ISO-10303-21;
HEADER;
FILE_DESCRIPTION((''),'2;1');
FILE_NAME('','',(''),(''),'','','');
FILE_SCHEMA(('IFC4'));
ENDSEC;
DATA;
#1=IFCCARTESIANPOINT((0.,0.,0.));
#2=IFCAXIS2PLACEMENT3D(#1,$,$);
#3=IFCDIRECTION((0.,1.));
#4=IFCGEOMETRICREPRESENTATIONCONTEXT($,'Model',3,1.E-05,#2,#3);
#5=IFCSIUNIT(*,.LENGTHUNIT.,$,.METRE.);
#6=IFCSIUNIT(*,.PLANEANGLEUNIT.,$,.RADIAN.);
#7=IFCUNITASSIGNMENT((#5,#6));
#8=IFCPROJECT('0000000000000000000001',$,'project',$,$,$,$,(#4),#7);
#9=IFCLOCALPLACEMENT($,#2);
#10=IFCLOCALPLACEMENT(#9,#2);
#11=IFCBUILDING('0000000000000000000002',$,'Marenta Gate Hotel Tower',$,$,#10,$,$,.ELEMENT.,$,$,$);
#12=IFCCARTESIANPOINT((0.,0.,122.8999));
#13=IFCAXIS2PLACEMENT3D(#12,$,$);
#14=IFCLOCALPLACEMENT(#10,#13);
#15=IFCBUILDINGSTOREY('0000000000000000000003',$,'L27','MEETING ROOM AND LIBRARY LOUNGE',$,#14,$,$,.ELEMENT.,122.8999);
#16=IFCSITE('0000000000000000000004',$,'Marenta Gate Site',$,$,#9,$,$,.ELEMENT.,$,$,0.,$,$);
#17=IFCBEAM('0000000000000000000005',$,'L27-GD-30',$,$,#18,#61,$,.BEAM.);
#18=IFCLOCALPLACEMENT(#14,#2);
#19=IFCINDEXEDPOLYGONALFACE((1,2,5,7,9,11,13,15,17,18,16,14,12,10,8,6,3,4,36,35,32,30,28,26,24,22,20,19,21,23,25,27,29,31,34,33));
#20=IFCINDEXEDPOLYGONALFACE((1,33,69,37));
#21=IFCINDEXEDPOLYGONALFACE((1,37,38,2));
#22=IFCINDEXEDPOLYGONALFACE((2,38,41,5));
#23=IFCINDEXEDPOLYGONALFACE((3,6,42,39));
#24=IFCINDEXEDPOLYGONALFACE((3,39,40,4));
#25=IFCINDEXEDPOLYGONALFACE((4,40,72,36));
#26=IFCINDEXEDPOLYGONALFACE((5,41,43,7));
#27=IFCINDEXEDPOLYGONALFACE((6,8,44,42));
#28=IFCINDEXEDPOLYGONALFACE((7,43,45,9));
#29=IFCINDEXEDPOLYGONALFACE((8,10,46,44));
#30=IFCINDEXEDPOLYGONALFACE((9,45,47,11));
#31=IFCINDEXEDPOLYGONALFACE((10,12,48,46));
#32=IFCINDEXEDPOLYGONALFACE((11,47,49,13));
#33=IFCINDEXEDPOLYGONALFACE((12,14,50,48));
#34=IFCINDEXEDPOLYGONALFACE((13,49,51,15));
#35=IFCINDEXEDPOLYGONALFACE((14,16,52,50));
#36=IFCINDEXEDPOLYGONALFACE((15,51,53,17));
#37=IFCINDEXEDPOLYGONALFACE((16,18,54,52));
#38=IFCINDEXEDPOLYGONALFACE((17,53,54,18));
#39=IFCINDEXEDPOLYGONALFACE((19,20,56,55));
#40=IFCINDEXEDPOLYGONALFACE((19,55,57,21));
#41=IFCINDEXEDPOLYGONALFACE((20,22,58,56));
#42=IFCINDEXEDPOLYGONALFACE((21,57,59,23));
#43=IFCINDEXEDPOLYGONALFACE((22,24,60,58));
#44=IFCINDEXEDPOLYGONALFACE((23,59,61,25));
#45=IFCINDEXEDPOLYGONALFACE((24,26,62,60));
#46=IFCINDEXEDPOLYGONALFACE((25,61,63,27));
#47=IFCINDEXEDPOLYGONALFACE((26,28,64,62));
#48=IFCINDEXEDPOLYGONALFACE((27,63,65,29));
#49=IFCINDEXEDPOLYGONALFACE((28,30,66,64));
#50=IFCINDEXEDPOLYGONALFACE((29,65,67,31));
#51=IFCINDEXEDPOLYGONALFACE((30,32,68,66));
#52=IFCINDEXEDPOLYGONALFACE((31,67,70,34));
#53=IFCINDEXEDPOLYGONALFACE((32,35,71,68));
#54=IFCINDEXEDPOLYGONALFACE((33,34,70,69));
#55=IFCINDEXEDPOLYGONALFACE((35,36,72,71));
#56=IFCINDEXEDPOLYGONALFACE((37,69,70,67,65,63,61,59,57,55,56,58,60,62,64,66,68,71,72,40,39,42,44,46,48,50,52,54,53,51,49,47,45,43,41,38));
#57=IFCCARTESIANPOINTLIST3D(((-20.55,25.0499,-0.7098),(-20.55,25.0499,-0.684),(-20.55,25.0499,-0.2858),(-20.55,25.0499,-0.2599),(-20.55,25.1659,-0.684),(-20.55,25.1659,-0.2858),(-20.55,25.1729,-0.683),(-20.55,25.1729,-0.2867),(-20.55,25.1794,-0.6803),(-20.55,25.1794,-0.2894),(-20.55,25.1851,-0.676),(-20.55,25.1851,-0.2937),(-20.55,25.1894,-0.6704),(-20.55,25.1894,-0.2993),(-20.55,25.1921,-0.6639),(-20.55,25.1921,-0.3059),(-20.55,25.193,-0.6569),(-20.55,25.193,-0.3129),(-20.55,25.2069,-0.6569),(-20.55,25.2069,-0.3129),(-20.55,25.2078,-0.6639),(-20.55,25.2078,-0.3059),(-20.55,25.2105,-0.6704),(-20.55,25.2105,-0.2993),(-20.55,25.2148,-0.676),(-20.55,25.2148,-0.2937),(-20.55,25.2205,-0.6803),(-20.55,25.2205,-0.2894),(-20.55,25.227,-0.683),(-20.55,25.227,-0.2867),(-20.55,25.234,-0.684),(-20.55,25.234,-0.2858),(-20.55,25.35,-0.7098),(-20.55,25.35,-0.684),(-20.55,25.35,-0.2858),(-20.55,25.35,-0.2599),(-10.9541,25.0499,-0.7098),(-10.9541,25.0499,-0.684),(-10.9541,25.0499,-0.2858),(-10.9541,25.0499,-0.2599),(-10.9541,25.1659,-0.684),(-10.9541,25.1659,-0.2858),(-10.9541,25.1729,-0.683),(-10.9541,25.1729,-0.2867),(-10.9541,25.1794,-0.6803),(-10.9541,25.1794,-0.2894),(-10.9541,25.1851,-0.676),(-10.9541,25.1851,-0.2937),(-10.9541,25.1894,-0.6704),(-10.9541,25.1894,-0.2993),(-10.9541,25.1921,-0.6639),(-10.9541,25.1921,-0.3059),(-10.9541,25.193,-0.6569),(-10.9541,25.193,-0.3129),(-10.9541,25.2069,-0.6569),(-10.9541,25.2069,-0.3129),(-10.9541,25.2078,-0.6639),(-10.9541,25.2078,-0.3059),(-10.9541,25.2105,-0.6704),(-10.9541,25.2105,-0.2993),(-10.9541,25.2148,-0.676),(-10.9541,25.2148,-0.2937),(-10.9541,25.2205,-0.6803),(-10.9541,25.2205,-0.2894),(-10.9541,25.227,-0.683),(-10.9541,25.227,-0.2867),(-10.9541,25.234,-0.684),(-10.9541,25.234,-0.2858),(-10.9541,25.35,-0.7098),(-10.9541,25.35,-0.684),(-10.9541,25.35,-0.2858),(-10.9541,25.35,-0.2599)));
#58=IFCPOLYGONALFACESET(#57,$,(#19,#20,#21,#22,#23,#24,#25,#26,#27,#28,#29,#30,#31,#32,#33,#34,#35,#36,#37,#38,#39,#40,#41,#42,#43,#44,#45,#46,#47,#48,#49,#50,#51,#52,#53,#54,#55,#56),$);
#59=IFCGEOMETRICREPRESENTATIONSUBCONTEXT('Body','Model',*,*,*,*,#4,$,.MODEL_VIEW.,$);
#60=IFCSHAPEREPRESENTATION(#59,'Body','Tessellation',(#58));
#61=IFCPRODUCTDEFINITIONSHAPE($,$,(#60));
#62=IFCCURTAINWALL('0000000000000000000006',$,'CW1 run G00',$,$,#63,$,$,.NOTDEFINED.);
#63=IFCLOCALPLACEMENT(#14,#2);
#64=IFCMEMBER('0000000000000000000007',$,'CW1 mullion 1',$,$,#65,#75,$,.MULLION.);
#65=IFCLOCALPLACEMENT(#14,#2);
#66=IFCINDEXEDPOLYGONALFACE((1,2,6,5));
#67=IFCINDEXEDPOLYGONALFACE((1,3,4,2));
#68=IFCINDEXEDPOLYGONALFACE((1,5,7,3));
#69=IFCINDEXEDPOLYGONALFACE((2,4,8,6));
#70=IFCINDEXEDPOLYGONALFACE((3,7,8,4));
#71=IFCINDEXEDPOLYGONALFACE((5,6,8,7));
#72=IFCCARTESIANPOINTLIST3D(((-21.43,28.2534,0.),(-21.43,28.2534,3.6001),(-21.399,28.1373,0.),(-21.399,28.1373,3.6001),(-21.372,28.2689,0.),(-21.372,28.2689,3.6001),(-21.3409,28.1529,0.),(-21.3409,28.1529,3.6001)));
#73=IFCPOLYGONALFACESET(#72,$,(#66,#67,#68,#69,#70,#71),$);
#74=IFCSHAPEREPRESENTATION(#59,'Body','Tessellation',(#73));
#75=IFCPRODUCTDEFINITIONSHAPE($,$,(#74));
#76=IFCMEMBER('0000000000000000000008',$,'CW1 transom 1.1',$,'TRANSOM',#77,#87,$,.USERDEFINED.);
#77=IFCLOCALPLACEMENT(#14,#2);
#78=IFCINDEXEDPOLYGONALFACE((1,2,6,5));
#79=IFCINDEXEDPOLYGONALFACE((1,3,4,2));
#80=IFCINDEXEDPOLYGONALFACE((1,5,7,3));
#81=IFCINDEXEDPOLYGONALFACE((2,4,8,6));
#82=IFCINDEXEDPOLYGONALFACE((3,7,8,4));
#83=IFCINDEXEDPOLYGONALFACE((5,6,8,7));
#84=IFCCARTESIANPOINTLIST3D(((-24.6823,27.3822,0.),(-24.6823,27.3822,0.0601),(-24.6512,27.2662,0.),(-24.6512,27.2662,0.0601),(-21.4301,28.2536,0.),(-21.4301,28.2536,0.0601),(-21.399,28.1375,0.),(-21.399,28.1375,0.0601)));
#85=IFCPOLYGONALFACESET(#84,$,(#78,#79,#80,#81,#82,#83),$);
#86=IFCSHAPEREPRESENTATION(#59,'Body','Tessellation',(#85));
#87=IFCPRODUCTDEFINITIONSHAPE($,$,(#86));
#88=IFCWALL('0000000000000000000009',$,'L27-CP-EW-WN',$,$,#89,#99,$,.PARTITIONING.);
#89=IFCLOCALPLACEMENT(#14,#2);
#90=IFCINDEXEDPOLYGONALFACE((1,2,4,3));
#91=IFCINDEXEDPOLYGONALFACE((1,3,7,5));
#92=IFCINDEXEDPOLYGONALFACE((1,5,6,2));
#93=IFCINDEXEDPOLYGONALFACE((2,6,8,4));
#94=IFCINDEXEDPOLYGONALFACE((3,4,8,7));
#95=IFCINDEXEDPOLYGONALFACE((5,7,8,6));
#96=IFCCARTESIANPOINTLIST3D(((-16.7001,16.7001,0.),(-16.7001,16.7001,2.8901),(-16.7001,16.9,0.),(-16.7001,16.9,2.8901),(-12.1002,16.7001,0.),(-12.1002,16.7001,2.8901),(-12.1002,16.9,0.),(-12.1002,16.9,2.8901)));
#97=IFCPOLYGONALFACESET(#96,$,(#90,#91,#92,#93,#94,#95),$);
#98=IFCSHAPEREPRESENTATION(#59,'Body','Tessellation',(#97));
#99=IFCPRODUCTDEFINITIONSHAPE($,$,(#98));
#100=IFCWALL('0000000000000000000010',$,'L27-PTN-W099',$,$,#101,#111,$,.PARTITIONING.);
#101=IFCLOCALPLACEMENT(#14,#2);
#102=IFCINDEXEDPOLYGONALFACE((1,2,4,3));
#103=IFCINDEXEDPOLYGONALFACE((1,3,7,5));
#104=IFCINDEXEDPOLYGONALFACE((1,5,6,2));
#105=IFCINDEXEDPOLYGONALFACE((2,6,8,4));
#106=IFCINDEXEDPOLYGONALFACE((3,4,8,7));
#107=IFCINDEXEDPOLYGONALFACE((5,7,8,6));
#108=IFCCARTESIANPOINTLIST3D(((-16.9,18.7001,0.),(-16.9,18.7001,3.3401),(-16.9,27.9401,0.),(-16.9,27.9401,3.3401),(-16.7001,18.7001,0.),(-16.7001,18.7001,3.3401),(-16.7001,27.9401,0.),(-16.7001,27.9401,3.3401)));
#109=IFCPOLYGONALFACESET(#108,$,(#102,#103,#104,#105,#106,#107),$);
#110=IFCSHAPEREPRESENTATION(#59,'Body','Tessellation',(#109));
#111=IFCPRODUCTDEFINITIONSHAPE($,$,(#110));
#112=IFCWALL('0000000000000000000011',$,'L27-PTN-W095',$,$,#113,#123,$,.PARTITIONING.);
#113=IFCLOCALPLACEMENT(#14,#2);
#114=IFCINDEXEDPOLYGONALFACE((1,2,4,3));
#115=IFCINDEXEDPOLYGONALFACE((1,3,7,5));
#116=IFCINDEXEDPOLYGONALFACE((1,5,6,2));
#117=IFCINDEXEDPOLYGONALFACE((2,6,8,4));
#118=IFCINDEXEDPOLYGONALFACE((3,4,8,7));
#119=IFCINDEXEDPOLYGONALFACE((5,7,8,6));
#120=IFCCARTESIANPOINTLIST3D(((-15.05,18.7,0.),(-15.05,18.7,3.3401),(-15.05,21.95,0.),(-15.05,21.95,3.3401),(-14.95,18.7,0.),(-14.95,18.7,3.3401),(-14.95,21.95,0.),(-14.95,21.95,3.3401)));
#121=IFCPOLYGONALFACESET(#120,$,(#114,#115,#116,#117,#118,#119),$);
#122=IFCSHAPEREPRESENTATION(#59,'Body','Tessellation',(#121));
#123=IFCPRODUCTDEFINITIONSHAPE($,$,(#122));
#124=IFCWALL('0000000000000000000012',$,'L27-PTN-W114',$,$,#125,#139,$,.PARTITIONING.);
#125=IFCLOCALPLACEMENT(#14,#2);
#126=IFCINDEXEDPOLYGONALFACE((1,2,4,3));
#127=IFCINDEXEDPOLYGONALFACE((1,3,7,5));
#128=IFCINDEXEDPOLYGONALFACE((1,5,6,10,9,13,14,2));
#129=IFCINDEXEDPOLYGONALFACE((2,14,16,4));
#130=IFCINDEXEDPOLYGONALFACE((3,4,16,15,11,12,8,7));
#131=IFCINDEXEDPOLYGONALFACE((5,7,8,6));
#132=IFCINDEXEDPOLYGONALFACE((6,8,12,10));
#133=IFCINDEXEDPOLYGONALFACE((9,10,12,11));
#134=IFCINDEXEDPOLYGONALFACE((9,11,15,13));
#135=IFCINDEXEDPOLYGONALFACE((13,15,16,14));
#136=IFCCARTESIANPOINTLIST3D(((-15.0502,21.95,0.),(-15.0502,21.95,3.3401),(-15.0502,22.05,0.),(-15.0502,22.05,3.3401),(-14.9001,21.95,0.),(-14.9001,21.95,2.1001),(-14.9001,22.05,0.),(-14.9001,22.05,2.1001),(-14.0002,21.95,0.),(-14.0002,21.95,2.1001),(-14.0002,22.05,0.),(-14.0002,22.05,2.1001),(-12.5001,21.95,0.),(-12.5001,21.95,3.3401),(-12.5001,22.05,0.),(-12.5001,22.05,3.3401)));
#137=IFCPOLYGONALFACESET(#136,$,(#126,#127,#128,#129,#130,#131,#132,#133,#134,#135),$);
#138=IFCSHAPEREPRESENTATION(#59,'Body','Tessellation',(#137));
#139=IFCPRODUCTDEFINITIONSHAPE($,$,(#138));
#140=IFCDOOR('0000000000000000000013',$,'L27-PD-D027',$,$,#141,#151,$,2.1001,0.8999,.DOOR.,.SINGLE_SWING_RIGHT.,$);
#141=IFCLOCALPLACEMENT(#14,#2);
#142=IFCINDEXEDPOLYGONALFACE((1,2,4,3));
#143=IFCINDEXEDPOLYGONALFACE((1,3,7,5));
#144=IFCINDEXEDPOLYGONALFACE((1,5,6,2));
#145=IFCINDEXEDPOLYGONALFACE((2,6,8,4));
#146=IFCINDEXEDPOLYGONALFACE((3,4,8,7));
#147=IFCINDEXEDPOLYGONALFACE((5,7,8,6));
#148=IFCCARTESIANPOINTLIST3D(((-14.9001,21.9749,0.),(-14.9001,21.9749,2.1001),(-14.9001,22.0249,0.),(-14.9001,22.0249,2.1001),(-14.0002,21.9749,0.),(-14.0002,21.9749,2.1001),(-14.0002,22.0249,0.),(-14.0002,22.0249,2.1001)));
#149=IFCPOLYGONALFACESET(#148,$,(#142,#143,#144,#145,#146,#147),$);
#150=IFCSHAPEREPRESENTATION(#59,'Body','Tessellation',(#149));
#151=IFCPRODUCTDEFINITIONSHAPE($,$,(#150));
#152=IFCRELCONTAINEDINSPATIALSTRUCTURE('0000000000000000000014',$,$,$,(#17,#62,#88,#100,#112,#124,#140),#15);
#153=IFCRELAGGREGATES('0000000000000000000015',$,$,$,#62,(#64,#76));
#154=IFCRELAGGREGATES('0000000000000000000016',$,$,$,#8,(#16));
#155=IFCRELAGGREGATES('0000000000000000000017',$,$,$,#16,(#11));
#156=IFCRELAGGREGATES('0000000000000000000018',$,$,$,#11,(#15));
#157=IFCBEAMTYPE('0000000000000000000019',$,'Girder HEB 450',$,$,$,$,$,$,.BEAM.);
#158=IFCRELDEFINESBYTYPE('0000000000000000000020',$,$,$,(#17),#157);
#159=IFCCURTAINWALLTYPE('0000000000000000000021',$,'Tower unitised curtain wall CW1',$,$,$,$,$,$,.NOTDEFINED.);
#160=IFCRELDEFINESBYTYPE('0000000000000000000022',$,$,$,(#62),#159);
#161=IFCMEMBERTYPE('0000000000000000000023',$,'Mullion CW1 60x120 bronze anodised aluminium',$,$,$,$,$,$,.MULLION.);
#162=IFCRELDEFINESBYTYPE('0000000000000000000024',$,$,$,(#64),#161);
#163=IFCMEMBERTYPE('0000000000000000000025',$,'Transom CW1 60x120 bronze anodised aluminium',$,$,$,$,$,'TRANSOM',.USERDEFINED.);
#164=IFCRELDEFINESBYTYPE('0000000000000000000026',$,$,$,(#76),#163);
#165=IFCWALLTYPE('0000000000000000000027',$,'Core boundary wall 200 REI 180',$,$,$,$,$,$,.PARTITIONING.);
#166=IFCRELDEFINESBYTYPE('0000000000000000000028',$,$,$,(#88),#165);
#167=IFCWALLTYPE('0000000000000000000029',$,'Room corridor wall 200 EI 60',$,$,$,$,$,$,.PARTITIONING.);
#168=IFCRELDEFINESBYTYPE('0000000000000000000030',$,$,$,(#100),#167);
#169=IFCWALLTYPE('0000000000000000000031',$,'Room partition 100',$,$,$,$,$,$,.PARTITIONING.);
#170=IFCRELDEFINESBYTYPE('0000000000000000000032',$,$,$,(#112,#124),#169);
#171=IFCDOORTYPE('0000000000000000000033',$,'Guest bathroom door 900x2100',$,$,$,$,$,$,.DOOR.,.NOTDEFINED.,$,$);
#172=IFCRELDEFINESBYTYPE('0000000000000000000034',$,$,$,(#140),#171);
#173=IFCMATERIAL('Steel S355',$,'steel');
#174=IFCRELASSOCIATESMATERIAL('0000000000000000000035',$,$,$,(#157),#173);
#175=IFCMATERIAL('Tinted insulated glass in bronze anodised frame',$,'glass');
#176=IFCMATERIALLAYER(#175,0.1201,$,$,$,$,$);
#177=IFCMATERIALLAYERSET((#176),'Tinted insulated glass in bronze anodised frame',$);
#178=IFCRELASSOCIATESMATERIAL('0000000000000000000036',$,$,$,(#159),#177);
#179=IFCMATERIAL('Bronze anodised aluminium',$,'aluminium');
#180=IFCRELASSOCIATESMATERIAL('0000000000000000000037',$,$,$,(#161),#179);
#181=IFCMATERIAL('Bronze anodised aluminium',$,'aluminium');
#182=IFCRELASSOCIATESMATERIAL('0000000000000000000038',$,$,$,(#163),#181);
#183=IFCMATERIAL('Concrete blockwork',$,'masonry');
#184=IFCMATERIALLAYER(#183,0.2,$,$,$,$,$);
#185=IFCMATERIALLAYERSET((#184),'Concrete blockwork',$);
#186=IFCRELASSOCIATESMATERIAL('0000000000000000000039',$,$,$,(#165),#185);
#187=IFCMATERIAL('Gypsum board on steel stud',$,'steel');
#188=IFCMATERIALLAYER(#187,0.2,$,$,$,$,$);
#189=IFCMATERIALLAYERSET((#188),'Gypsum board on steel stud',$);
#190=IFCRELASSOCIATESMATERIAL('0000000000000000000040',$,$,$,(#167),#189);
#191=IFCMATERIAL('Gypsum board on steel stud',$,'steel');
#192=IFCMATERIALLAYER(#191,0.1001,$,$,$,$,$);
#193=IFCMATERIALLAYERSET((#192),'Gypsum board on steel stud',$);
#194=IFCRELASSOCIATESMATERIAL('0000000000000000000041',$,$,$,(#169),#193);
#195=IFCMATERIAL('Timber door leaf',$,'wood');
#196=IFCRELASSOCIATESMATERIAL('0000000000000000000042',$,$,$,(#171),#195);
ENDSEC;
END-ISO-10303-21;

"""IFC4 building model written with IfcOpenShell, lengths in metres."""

from ifc_helpers import new_model, si_unit, direction, frame, frame_2d, origin, origin_2d, place, context, subcontext, project, spatial, rectangle, i_section, extrude, material, layer, layer_set, material_profile, profile_set, type_object, element, fill, aggregate, save


model = new_model("IFC4")

# Units and contexts
model_context = context("Model", 3, precision=1e-05, world=origin(), true_north=direction((0.0, 1.0)))
body_context = subcontext(model_context, "Body", "Model", "MODEL_VIEW")
ifc_project = project(units=[si_unit("LENGTHUNIT", "METRE"), si_unit("PLANEANGLEUNIT", "RADIAN")], contexts=[model_context])

# Site, building, storey
site_placement = place(None, origin())
site = spatial("IfcSite", under=ifc_project, at=site_placement, Name="Marenta Gate Site", CompositionType="ELEMENT", RefElevation=0.0)
building_placement = place(site_placement, origin())
building = spatial("IfcBuilding", under=site, at=building_placement, Name="Marenta Gate Hotel Tower", CompositionType="ELEMENT")
storey_placement = place(building_placement, frame((0.0, 0.0, 122.8999)))
storey = spatial("IfcBuildingStorey", under=building, at=storey_placement, Name="L27", Description="MEETING ROOM AND LIBRARY LOUNGE", CompositionType="ELEMENT", Elevation=122.8999)

# Beam
ifc_material_1 = material(Name="Steel S355", Category="steel")
ifc_material_profile_1 = material_profile(ifc_material_1, i_section(OverallWidth=0.3, OverallDepth=0.45, WebThickness=0.0139, FlangeThickness=0.0259, FilletRadius=0.0271, at=origin_2d()), Name="HEB 450")
ifc_profile_set_1 = profile_set([ifc_material_profile_1], Name="Steel S355")
beam_type_1 = type_object("IfcBeamType", Name="Girder HEB 450", PredefinedType="BEAM", material=ifc_profile_set_1)
beam_1_placement = place(storey_placement, frame((-20.55, 25.2, -0.4849), z_axis=(1.0, 0.0, 0.0), x_axis=(0.0, 1.0, 0.0)))
element("IfcBeam", 1, at=beam_1_placement, inside=storey, type_object=beam_type_1, Name="L27-GD-30", PredefinedType="BEAM", context=body_context, shape_type="SweptSolid", body=[
    extrude(i_section(OverallWidth=0.3, OverallDepth=0.45, WebThickness=0.0139, FlangeThickness=0.0259, FilletRadius=0.0271, at=origin_2d()), origin(), (0.0, 0.0, 1.0), 9.5959),
])

# Curtain wall, members
ifc_material_2 = material(Name="Tinted insulated glass in bronze anodised frame", Category="glass")
ifc_layer_1 = layer(ifc_material_2, 0.1201)
ifc_layer_set_1 = layer_set([ifc_layer_1], Name="Tinted insulated glass in bronze anodised frame")
curtain_wall_type = type_object("IfcCurtainWallType", Name="Tower unitised curtain wall CW1", PredefinedType="NOTDEFINED", material=ifc_layer_set_1)
curtain_wall_placement = place(storey_placement, origin())
curtain_wall = element("IfcCurtainWall", 2, at=curtain_wall_placement, inside=storey, type_object=curtain_wall_type, Name="CW1 run G00", PredefinedType="NOTDEFINED")
ifc_material_3 = material(Name="Bronze anodised aluminium", Category="aluminium")
ifc_material_profile_2 = material_profile(ifc_material_3, rectangle(XDim=0.1201, YDim=0.0601, at=origin_2d()), Name="Mullion CW1 60x120 bronze anodised aluminium")
ifc_profile_set_2 = profile_set([ifc_material_profile_2], Name="Bronze anodised aluminium")
member_type_1 = type_object("IfcMemberType", Name="Mullion CW1 60x120 bronze anodised aluminium", PredefinedType="MULLION", material=ifc_profile_set_2)
member_1_placement = place(storey_placement, frame((-21.3855, 28.2031, 0.0), z_axis=(0.0, 0.0, 1.0), x_axis=(0.258801, -0.965931, 0.0)))
member_1 = element("IfcMember", 3, at=member_1_placement, type_object=member_type_1, Name="CW1 mullion 1", PredefinedType="MULLION", context=body_context, shape_type="SweptSolid", body=[
    extrude(rectangle(XDim=0.1201, YDim=0.0601, at=origin_2d()), origin(), (0.0, 0.0, 1.0), 3.6001),
])
ifc_material_4 = material(Name="Bronze anodised aluminium", Category="aluminium")
ifc_material_profile_3 = material_profile(ifc_material_4, rectangle(XDim=0.1201, YDim=0.0601, at=origin_2d()), Name="Transom CW1 60x120 bronze anodised aluminium")
ifc_profile_set_3 = profile_set([ifc_material_profile_3], Name="Bronze anodised aluminium")
member_type_2 = type_object("IfcMemberType", Name="Transom CW1 60x120 bronze anodised aluminium", ElementType="TRANSOM", PredefinedType="USERDEFINED", material=ifc_profile_set_3)
member_2_placement = place(storey_placement, frame((-21.4146, 28.1956, 0.03), z_axis=(-0.965932, -0.258795, 0.0), x_axis=(0.258795, -0.965932, 0.0)))
member_2 = element("IfcMember", 4, at=member_2_placement, type_object=member_type_2, Name="CW1 transom 1.1", ObjectType="TRANSOM", PredefinedType="USERDEFINED", context=body_context, shape_type="SweptSolid", body=[
    extrude(rectangle(XDim=0.1201, YDim=0.0601, at=origin_2d()), origin(), (0.0, 0.0, 1.0), 3.3669),
])
aggregate(curtain_wall, [member_1, member_2])

# Walls
ifc_material_5 = material(Name="Concrete blockwork", Category="masonry")
ifc_layer_2 = layer(ifc_material_5, 0.2)
ifc_layer_set_2 = layer_set([ifc_layer_2], Name="Concrete blockwork")
wall_type_1 = type_object("IfcWallType", Name="Core boundary wall 200 REI 180", PredefinedType="PARTITIONING", material=ifc_layer_set_2)
wall_1_placement = place(storey_placement, frame((-16.7, 16.8, 0.0), z_axis=(0.0, 0.0, 1.0), x_axis=(1.0, 0.0, 0.0)))
element("IfcWall", 5, at=wall_1_placement, inside=storey, type_object=wall_type_1, Name="L27-CP-EW-WN", PredefinedType="PARTITIONING", context=body_context, shape_type="SweptSolid", body=[
    extrude(rectangle(XDim=4.5999, YDim=0.2, at=frame_2d((2.2998, 0.0))), origin(), (0.0, 0.0, 1.0), 2.8901),
])
ifc_material_6 = material(Name="Gypsum board on steel stud", Category="steel")
ifc_layer_3 = layer(ifc_material_6, 0.2)
ifc_layer_set_3 = layer_set([ifc_layer_3], Name="Gypsum board on steel stud")
wall_type_2 = type_object("IfcWallType", Name="Room corridor wall 200 EI 60", PredefinedType="PARTITIONING", material=ifc_layer_set_3)
wall_2_placement = place(storey_placement, frame((-16.8, 18.7, 0.0), z_axis=(0.0, 0.0, 1.0), x_axis=(0.0, 1.0, 0.0)))
element("IfcWall", 6, at=wall_2_placement, inside=storey, type_object=wall_type_2, Name="L27-PTN-W099", PredefinedType="PARTITIONING", context=body_context, shape_type="SweptSolid", body=[
    extrude(rectangle(XDim=9.24, YDim=0.2, at=frame_2d((4.6201, 0.0))), origin(), (0.0, 0.0, 1.0), 3.3401),
])

# Wall
ifc_material_7 = material(Name="Gypsum board on steel stud", Category="steel")
ifc_layer_4 = layer(ifc_material_7, 0.1001)
ifc_layer_set_4 = layer_set([ifc_layer_4], Name="Gypsum board on steel stud")
wall_type_3 = type_object("IfcWallType", Name="Room partition 100", PredefinedType="PARTITIONING", material=ifc_layer_set_4)
wall_3_placement = place(storey_placement, frame((-15.0, 18.7, 0.0), z_axis=(0.0, 0.0, 1.0), x_axis=(0.0, 1.0, 0.0)))
element("IfcWall", 7, at=wall_3_placement, inside=storey, type_object=wall_type_3, Name="L27-PTN-W095", PredefinedType="PARTITIONING", context=body_context, shape_type="SweptSolid", body=[
    extrude(rectangle(XDim=3.25, YDim=0.1001, at=frame_2d((1.625, 0.0))), origin(), (0.0, 0.0, 1.0), 3.3401),
])

# Wall, opening, door
wall_4_placement = place(storey_placement, frame((-15.05, 22.0, 0.0), z_axis=(0.0, 0.0, 1.0), x_axis=(1.0, 0.0, 0.0)))
wall_4 = element("IfcWall", 8, at=wall_4_placement, inside=storey, type_object=wall_type_3, Name="L27-PTN-W114", PredefinedType="PARTITIONING", context=body_context, shape_type="SweptSolid", body=[
    extrude(rectangle(XDim=2.55, YDim=0.1001, at=frame_2d((1.2749, 0.0))), origin(), (0.0, 0.0, 1.0), 3.3401),
])
opening_1_placement = place(wall_4_placement, frame((0.1499, 0.0, 0.0)))
opening_1 = element("IfcOpeningElement", 9, at=opening_1_placement, cuts=wall_4, PredefinedType="OPENING", context=body_context, shape_type="SweptSolid", body=[
    extrude(rectangle(XDim=0.8999, YDim=2.1001, at=frame_2d((0.45, 1.05))), frame((0.0, 0.05, 0.0), z_axis=(0.0, -1.0, 0.0), x_axis=(1.0, 0.0, 0.0)), (0.0, 0.0, 1.0), 0.1001),
])
ifc_material_8 = material(Name="Timber door leaf", Category="wood")
door_type_1 = type_object("IfcDoorType", Name="Guest bathroom door 900x2100", OperationType="NOTDEFINED", PredefinedType="DOOR", material=ifc_material_8)
door_1_placement = place(opening_1_placement, origin())
door_1 = element("IfcDoor", 10, at=door_1_placement, inside=storey, type_object=door_type_1, Name="L27-PD-D027", OperationType="SINGLE_SWING_RIGHT", OverallHeight=2.1001, OverallWidth=0.8999, PredefinedType="DOOR", context=body_context, shape_type="SweptSolid", body=[
    extrude(rectangle(XDim=0.8999, YDim=2.1001, at=frame_2d((0.45, 1.05))), frame((0.0, 0.0249, 0.0), z_axis=(0.0, -1.0, 0.0), x_axis=(1.0, 0.0, 0.0)), (0.0, 0.0, 1.0), 0.05),
])
fill(opening_1, door_1)

save(model, "model.ifc")
